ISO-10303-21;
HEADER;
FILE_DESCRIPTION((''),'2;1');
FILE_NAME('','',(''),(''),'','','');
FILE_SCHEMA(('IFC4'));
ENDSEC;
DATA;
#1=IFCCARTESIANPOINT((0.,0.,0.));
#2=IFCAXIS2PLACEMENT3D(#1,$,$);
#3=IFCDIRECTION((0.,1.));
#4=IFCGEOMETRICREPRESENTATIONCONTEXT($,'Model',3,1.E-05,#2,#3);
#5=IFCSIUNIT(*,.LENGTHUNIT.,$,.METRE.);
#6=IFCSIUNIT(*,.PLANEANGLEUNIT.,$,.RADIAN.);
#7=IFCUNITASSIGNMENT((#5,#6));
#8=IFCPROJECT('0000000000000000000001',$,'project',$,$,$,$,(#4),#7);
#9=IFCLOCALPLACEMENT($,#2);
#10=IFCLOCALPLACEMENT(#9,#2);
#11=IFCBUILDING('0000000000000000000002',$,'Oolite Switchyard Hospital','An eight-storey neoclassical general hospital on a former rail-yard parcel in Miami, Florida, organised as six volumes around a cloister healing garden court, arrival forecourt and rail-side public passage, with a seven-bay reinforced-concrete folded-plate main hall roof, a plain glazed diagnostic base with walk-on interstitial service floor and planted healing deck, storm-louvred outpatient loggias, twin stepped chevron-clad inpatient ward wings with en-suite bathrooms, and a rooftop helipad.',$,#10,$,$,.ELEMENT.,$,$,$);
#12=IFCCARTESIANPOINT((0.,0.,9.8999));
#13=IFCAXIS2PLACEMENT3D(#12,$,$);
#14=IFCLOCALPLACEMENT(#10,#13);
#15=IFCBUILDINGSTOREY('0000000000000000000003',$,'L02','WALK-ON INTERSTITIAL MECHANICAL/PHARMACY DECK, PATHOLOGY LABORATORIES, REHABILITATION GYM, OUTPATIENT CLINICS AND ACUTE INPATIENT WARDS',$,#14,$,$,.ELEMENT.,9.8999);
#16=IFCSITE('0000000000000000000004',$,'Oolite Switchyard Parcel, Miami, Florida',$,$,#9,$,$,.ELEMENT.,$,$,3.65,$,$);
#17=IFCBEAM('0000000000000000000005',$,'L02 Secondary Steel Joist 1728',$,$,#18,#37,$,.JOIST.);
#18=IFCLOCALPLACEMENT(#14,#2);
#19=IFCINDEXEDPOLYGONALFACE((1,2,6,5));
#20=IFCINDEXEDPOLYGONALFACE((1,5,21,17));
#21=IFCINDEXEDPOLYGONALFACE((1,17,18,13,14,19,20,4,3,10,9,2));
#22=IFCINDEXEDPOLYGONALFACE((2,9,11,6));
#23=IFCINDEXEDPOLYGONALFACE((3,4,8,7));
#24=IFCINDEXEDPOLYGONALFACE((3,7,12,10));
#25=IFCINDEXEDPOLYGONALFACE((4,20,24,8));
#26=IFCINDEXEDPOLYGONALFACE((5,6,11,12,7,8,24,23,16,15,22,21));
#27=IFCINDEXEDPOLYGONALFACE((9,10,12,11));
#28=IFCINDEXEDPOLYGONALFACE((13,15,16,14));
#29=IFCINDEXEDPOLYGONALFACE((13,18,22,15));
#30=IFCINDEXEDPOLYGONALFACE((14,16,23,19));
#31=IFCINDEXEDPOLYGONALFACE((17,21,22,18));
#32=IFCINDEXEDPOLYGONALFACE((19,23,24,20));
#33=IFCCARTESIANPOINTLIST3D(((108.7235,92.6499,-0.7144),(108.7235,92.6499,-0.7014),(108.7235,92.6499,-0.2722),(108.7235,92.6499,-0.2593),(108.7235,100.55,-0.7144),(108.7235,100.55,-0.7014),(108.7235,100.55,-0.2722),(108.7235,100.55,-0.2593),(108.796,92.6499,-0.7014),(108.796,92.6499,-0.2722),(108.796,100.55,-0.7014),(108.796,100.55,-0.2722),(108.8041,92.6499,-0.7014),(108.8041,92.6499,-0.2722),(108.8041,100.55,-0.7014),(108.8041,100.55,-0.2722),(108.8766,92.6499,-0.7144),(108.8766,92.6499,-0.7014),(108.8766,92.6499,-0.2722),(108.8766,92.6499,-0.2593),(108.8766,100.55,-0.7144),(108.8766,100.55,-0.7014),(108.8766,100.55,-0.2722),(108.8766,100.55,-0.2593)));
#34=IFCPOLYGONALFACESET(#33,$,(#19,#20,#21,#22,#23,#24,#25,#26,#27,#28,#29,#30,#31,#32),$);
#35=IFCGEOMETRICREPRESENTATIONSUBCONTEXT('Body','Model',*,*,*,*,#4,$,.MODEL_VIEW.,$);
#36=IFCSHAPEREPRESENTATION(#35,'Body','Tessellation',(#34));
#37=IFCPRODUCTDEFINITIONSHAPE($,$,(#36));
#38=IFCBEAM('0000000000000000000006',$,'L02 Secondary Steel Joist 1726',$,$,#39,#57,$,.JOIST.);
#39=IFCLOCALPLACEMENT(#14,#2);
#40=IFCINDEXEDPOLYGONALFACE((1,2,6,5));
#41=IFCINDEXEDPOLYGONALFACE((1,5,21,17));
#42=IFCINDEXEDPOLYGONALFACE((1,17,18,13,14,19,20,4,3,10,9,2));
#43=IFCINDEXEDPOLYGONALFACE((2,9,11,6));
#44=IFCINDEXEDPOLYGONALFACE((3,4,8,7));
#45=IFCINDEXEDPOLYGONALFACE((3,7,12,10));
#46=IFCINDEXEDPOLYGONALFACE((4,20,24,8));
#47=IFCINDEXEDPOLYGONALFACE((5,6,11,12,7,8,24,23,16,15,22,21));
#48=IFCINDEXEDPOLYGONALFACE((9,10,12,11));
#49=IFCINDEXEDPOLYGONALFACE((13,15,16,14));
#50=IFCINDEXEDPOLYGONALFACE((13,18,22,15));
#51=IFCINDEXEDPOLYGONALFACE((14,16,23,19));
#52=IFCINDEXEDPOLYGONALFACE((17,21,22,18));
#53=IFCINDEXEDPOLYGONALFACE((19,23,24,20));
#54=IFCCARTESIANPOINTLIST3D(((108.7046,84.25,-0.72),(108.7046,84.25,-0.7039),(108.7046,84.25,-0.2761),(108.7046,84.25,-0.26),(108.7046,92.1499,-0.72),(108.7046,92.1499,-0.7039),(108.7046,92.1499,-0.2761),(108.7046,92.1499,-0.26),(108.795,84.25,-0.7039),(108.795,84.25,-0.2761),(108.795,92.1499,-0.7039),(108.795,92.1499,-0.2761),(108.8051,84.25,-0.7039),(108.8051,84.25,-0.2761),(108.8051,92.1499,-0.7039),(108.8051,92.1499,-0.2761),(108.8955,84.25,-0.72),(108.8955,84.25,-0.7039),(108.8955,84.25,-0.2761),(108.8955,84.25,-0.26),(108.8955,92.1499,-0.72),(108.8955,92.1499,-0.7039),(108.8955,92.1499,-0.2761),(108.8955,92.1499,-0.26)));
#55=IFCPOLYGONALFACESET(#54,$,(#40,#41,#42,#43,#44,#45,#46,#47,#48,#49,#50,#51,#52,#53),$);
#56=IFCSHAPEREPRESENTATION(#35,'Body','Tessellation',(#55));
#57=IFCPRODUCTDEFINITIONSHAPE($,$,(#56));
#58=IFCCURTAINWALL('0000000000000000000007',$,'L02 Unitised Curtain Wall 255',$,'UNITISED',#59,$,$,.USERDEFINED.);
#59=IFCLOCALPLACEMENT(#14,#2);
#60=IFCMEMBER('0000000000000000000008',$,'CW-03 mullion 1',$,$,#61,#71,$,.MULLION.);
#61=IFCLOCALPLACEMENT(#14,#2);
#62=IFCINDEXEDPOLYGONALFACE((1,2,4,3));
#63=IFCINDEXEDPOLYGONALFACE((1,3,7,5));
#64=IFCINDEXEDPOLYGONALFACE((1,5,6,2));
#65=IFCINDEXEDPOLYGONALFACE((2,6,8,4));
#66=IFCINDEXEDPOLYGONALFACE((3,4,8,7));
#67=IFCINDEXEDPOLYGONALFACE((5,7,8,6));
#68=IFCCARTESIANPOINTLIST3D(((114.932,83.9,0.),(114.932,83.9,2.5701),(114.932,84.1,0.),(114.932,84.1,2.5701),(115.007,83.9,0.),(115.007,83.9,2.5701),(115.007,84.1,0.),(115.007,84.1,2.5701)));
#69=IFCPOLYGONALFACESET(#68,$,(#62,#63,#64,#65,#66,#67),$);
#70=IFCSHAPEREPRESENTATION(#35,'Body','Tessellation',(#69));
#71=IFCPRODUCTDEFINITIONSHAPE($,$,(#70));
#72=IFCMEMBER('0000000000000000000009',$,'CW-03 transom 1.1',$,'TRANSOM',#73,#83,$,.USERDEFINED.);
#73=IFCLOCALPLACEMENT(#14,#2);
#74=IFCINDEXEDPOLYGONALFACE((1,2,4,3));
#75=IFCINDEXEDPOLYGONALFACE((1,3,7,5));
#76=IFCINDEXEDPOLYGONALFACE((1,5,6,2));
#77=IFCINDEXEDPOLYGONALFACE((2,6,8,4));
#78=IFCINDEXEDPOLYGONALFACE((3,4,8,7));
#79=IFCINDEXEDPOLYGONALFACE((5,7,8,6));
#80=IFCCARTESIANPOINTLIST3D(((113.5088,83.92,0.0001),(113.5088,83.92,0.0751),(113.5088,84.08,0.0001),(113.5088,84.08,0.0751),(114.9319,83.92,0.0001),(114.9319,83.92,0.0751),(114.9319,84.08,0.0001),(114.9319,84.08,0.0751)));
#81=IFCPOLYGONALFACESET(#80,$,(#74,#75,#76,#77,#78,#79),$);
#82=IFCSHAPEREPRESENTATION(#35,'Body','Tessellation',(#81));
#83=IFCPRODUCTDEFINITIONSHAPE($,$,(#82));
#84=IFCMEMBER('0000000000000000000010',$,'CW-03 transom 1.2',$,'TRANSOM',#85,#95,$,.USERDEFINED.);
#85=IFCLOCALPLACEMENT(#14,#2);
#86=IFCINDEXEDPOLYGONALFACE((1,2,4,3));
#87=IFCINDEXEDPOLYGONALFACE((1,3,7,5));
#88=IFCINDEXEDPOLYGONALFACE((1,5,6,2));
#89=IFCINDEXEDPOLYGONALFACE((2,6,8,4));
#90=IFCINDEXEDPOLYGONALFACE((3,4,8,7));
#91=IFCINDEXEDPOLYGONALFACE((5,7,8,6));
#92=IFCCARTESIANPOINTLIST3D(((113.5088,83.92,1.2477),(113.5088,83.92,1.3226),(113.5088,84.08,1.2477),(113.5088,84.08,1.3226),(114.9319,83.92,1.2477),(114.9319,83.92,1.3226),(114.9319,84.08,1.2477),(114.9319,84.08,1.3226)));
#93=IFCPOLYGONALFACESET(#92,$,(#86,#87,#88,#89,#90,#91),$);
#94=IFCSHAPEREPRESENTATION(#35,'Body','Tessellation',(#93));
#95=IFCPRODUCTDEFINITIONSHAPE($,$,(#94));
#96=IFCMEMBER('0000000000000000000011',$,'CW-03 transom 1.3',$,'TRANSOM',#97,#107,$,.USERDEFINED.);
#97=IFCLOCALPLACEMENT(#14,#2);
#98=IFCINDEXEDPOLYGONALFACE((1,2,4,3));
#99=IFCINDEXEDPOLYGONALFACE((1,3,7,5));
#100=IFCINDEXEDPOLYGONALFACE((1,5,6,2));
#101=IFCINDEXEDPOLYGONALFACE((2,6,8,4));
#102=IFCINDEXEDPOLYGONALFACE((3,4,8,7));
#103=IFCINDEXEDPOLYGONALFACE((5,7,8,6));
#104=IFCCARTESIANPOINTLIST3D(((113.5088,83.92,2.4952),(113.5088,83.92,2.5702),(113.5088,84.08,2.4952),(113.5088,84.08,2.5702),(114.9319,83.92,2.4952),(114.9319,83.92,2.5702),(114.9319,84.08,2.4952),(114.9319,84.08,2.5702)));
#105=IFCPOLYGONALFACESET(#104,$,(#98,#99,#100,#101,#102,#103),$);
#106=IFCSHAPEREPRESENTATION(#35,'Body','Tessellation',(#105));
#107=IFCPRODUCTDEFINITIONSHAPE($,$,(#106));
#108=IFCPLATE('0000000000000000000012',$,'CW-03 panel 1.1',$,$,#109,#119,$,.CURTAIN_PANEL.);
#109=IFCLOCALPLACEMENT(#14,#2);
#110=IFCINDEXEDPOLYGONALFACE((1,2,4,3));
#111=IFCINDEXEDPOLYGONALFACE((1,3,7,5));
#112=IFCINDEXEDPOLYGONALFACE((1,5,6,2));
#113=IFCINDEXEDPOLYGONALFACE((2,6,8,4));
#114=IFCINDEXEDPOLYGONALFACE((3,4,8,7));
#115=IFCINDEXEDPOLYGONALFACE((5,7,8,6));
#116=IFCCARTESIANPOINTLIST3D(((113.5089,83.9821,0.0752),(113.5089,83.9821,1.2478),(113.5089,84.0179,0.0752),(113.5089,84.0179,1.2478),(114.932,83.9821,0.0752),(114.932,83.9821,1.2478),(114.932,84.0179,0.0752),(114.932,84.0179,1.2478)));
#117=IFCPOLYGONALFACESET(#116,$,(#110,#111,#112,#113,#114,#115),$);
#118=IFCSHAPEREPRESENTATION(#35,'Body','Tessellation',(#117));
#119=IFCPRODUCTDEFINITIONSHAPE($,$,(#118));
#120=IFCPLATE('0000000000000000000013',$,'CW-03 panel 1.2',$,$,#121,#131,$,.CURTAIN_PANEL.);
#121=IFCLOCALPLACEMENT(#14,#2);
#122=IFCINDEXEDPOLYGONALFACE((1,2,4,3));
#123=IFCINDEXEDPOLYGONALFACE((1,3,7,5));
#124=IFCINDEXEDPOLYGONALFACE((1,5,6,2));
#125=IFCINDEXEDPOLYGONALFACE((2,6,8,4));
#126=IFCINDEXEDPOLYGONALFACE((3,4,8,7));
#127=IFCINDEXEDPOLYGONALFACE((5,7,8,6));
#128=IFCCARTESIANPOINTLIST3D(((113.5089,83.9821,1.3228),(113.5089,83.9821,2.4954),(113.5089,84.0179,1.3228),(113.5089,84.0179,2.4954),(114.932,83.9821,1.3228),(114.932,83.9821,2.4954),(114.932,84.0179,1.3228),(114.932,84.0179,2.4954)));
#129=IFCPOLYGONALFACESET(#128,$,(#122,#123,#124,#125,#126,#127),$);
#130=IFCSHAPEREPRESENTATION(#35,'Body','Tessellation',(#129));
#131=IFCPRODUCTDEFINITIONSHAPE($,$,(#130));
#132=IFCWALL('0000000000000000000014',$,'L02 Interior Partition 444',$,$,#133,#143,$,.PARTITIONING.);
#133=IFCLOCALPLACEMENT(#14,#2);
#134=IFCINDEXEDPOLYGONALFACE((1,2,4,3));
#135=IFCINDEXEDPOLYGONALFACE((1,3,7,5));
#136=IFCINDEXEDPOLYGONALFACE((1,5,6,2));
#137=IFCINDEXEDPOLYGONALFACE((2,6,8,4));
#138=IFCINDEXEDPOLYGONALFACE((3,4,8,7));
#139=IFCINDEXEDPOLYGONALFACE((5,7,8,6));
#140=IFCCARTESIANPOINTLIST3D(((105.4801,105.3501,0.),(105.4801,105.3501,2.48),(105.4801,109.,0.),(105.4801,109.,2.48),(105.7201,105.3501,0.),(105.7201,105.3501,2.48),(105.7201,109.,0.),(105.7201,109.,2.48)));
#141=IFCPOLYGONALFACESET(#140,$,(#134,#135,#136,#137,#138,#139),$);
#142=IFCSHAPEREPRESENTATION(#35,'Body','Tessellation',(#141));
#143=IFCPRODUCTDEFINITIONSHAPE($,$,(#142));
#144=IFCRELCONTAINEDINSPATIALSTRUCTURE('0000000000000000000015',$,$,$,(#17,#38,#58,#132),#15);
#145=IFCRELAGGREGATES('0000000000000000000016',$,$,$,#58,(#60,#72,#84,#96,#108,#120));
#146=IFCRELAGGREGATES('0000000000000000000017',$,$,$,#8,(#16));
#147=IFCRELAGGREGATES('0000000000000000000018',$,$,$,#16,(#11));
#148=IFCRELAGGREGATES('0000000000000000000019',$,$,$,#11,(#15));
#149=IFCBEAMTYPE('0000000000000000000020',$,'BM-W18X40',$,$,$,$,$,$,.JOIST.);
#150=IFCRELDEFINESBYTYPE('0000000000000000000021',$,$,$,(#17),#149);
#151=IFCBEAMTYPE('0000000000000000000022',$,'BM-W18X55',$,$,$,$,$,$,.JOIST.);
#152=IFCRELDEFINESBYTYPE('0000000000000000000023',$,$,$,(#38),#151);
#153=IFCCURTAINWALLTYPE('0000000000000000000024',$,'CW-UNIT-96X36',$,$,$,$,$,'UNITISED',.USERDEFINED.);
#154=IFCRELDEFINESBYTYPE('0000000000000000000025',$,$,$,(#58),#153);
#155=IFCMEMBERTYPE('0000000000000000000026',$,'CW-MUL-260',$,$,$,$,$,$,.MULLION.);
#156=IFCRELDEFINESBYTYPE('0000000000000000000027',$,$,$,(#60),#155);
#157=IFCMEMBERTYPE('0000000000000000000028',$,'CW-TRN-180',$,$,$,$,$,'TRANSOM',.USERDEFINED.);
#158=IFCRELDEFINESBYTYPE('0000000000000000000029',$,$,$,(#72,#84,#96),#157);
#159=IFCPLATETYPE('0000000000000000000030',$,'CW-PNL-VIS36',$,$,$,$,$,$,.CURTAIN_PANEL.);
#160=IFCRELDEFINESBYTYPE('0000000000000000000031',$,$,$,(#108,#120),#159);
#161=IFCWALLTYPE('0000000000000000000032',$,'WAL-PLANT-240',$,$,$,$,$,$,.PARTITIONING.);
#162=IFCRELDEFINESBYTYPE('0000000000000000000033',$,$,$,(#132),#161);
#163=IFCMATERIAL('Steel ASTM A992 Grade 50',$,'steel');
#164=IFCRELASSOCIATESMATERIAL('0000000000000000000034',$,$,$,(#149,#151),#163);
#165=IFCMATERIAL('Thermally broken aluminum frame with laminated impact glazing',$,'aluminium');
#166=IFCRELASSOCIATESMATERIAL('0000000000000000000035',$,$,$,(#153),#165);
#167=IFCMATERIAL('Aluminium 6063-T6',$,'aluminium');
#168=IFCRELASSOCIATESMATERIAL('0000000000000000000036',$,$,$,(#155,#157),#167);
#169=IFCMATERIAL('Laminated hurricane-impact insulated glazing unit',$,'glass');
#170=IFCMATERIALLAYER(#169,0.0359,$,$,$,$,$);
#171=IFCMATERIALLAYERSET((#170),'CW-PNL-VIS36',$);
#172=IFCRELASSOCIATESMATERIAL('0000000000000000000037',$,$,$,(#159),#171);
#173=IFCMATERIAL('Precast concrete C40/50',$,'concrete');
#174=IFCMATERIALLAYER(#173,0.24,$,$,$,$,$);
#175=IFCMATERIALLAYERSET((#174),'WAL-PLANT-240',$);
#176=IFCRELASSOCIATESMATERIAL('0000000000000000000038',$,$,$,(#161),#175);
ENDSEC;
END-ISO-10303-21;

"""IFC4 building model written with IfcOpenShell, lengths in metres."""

from ifc_helpers import new_model, si_unit, direction, frame, frame_2d, origin, origin_2d, place, context, subcontext, project, spatial, rectangle, i_section, extrude, material, layer, layer_set, material_profile, profile_set, type_object, element, aggregate, save


model = new_model("IFC4")

# Units and contexts
model_context = context("Model", 3, precision=1e-05, world=origin(), true_north=direction((0.0, 1.0)))
body_context = subcontext(model_context, "Body", "Model", "MODEL_VIEW")
ifc_project = project(units=[si_unit("LENGTHUNIT", "METRE"), si_unit("PLANEANGLEUNIT", "RADIAN")], contexts=[model_context])

# Site, building, storey
site_placement = place(None, origin())
site = spatial("IfcSite", under=ifc_project, at=site_placement, Name="Oolite Switchyard Parcel, Miami, Florida", CompositionType="ELEMENT", RefElevation=3.65)
building_placement = place(site_placement, origin())
building = spatial("IfcBuilding", under=site, at=building_placement, Name="Oolite Switchyard Hospital", Description="An eight-storey neoclassical general hospital on a former rail-yard parcel in Miami, Florida, organised as six volumes around a cloister healing garden court, arrival forecourt and rail-side public passage, with a seven-bay reinforced-concrete folded-plate main hall roof, a plain glazed diagnostic base with walk-on interstitial service floor and planted healing deck, storm-louvred outpatient loggias, twin stepped chevron-clad inpatient ward wings with en-suite bathrooms, and a rooftop helipad.", CompositionType="ELEMENT")
storey_placement = place(building_placement, frame((0.0, 0.0, 9.8999)))
storey = spatial("IfcBuildingStorey", under=building, at=storey_placement, Name="L02", Description="WALK-ON INTERSTITIAL MECHANICAL/PHARMACY DECK, PATHOLOGY LABORATORIES, REHABILITATION GYM, OUTPATIENT CLINICS AND ACUTE INPATIENT WARDS", CompositionType="ELEMENT", Elevation=9.8999)

# Shared definitions
ifc_material_1 = material(Name="Steel ASTM A992 Grade 50", Category="steel")

# Beams
ifc_material_profile_1 = material_profile(ifc_material_1, i_section(OverallWidth=0.1531, OverallDepth=0.4551, WebThickness=0.0081, FlangeThickness=0.0129, at=origin_2d()), Name="W18X40")
ifc_profile_set_1 = profile_set([ifc_material_profile_1], Name="Steel ASTM A992 Grade 50")
beam_type_1 = type_object("IfcBeamType", Name="BM-W18X40", PredefinedType="JOIST", material=ifc_profile_set_1)
beam_1_placement = place(storey_placement, frame((108.8, 92.6499, -0.4868), z_axis=(0.0, 1.0, 0.0), x_axis=(-1.0, 0.0, 0.0)))
element("IfcBeam", 1, at=beam_1_placement, inside=storey, type_object=beam_type_1, Name="L02 Secondary Steel Joist 1728", PredefinedType="JOIST", context=body_context, shape_type="SweptSolid", body=[
    extrude(i_section(OverallWidth=0.1531, OverallDepth=0.4551, WebThickness=0.0081, FlangeThickness=0.0129, at=origin_2d()), origin(), (0.0, 0.0, 1.0), 7.9001),
])
ifc_material_profile_2 = material_profile(ifc_material_1, i_section(OverallWidth=0.1909, OverallDepth=0.46, WebThickness=0.01, FlangeThickness=0.0161, at=origin_2d()), Name="W18X55")
ifc_profile_set_2 = profile_set([ifc_material_profile_2], Name="Steel ASTM A992 Grade 50")
beam_type_2 = type_object("IfcBeamType", Name="BM-W18X55", PredefinedType="JOIST", material=ifc_profile_set_2)
beam_2_placement = place(storey_placement, frame((108.8, 84.25, -0.49), z_axis=(0.0, 1.0, 0.0), x_axis=(-1.0, 0.0, 0.0)))
element("IfcBeam", 2, at=beam_2_placement, inside=storey, type_object=beam_type_2, Name="L02 Secondary Steel Joist 1726", PredefinedType="JOIST", context=body_context, shape_type="SweptSolid", body=[
    extrude(i_section(OverallWidth=0.1909, OverallDepth=0.46, WebThickness=0.01, FlangeThickness=0.0161, at=origin_2d()), origin(), (0.0, 0.0, 1.0), 7.8999),
])

# Curtain wall, members, plates
ifc_material_2 = material(Name="Thermally broken aluminum frame with laminated impact glazing", Category="aluminium")
curtain_wall_type = type_object("IfcCurtainWallType", Name="CW-UNIT-96X36", ElementType="UNITISED", PredefinedType="USERDEFINED", material=ifc_material_2)
curtain_wall_placement = place(storey_placement, origin())
curtain_wall = element("IfcCurtainWall", 3, at=curtain_wall_placement, inside=storey, type_object=curtain_wall_type, Name="L02 Unitised Curtain Wall 255", ObjectType="UNITISED", PredefinedType="USERDEFINED")
ifc_material_3 = material(Name="Aluminium 6063-T6", Category="aluminium")
ifc_material_profile_3 = material_profile(ifc_material_3, rectangle(XDim=0.2, YDim=0.075, at=origin_2d()), Name="CWM75X200")
ifc_profile_set_3 = profile_set([ifc_material_profile_3], Name="Aluminium 6063-T6")
member_type_1 = type_object("IfcMemberType", Name="CW-MUL-260", PredefinedType="MULLION", material=ifc_profile_set_3)
member_1_placement = place(storey_placement, frame((114.9695, 84.0, 0.0), z_axis=(0.0, 0.0, 1.0), x_axis=(0.0, -1.0, 0.0)))
member_1 = element("IfcMember", 4, at=member_1_placement, type_object=member_type_1, Name="CW-03 mullion 1", PredefinedType="MULLION", context=body_context, shape_type="SweptSolid", body=[
    extrude(rectangle(XDim=0.2, YDim=0.075, at=origin_2d()), origin(), (0.0, 0.0, 1.0), 2.5701),
])
ifc_material_profile_4 = material_profile(ifc_material_3, rectangle(XDim=0.1599, YDim=0.075, at=origin_2d()), Name="CWT75X160")
ifc_profile_set_4 = profile_set([ifc_material_profile_4], Name="Aluminium 6063-T6")
member_type_2 = type_object("IfcMemberType", Name="CW-TRN-180", ElementType="TRANSOM", PredefinedType="USERDEFINED", material=ifc_profile_set_4)
member_2_placement = place(storey_placement, frame((114.9319, 84.0, 0.0376), z_axis=(-1.0, 0.0, 0.0), x_axis=(0.0, -1.0, 0.0)))
member_2 = element("IfcMember", 5, at=member_2_placement, type_object=member_type_2, Name="CW-03 transom 1.1", ObjectType="TRANSOM", PredefinedType="USERDEFINED", context=body_context, shape_type="SweptSolid", body=[
    extrude(rectangle(XDim=0.1599, YDim=0.075, at=origin_2d()), origin(), (0.0, 0.0, 1.0), 1.4231),
])
member_3_placement = place(storey_placement, frame((114.9319, 84.0, 1.2852), z_axis=(-1.0, 0.0, 0.0), x_axis=(0.0, -1.0, 0.0)))
member_3 = element("IfcMember", 6, at=member_3_placement, type_object=member_type_2, Name="CW-03 transom 1.2", ObjectType="TRANSOM", PredefinedType="USERDEFINED", context=body_context, shape_type="SweptSolid", body=[
    extrude(rectangle(XDim=0.1599, YDim=0.075, at=origin_2d()), origin(), (0.0, 0.0, 1.0), 1.4231),
])
member_4_placement = place(storey_placement, frame((114.9319, 84.0, 2.5327), z_axis=(-1.0, 0.0, 0.0), x_axis=(0.0, -1.0, 0.0)))
member_4 = element("IfcMember", 7, at=member_4_placement, type_object=member_type_2, Name="CW-03 transom 1.3", ObjectType="TRANSOM", PredefinedType="USERDEFINED", context=body_context, shape_type="SweptSolid", body=[
    extrude(rectangle(XDim=0.1599, YDim=0.075, at=origin_2d()), origin(), (0.0, 0.0, 1.0), 1.4231),
])
ifc_material_4 = material(Name="Laminated hurricane-impact insulated glazing unit", Category="glass")
ifc_layer_1 = layer(ifc_material_4, 0.0359)
ifc_layer_set_1 = layer_set([ifc_layer_1], Name="CW-PNL-VIS36")
plate_type = type_object("IfcPlateType", Name="CW-PNL-VIS36", PredefinedType="CURTAIN_PANEL", material=ifc_layer_set_1)
plate_1_placement = place(storey_placement, frame((114.2205, 84.0, 0.0752), z_axis=(0.0, 0.0, 1.0), x_axis=(-1.0, 0.0, 0.0)))
plate_1 = element("IfcPlate", 8, at=plate_1_placement, type_object=plate_type, Name="CW-03 panel 1.1", PredefinedType="CURTAIN_PANEL", context=body_context, shape_type="SweptSolid", body=[
    extrude(rectangle(XDim=1.4231, YDim=0.0359, at=origin_2d()), origin(), (0.0, 0.0, 1.0), 1.1726),
])
plate_2_placement = place(storey_placement, frame((114.2205, 84.0, 1.3228), z_axis=(0.0, 0.0, 1.0), x_axis=(-1.0, 0.0, 0.0)))
plate_2 = element("IfcPlate", 9, at=plate_2_placement, type_object=plate_type, Name="CW-03 panel 1.2", PredefinedType="CURTAIN_PANEL", context=body_context, shape_type="SweptSolid", body=[
    extrude(rectangle(XDim=1.4231, YDim=0.0359, at=origin_2d()), origin(), (0.0, 0.0, 1.0), 1.1726),
])
aggregate(curtain_wall, [member_1, member_2, member_3, member_4, plate_1, plate_2])

# Shared definitions
ifc_material_5 = material(Name="Precast concrete C40/50", Category="concrete")
ifc_layer_2 = layer(ifc_material_5, 0.24)
ifc_layer_set_2 = layer_set([ifc_layer_2], Name="WAL-PLANT-240")
wall_type = type_object("IfcWallType", Name="WAL-PLANT-240", PredefinedType="PARTITIONING", material=ifc_layer_set_2)

# Wall
wall_1_placement = place(storey_placement, frame((105.6001, 105.3501, 0.0), z_axis=(0.0, 0.0, 1.0), x_axis=(0.0, 1.0, 0.0)))
element("IfcWall", 10, at=wall_1_placement, inside=storey, type_object=wall_type, Name="L02 Interior Partition 444", PredefinedType="PARTITIONING", context=body_context, shape_type="SweptSolid", body=[
    extrude(rectangle(XDim=3.6499, YDim=0.24, at=frame_2d((1.825, 0.0))), origin(), (0.0, 0.0, 1.0), 2.48),
])

save(model, "model.ifc")
